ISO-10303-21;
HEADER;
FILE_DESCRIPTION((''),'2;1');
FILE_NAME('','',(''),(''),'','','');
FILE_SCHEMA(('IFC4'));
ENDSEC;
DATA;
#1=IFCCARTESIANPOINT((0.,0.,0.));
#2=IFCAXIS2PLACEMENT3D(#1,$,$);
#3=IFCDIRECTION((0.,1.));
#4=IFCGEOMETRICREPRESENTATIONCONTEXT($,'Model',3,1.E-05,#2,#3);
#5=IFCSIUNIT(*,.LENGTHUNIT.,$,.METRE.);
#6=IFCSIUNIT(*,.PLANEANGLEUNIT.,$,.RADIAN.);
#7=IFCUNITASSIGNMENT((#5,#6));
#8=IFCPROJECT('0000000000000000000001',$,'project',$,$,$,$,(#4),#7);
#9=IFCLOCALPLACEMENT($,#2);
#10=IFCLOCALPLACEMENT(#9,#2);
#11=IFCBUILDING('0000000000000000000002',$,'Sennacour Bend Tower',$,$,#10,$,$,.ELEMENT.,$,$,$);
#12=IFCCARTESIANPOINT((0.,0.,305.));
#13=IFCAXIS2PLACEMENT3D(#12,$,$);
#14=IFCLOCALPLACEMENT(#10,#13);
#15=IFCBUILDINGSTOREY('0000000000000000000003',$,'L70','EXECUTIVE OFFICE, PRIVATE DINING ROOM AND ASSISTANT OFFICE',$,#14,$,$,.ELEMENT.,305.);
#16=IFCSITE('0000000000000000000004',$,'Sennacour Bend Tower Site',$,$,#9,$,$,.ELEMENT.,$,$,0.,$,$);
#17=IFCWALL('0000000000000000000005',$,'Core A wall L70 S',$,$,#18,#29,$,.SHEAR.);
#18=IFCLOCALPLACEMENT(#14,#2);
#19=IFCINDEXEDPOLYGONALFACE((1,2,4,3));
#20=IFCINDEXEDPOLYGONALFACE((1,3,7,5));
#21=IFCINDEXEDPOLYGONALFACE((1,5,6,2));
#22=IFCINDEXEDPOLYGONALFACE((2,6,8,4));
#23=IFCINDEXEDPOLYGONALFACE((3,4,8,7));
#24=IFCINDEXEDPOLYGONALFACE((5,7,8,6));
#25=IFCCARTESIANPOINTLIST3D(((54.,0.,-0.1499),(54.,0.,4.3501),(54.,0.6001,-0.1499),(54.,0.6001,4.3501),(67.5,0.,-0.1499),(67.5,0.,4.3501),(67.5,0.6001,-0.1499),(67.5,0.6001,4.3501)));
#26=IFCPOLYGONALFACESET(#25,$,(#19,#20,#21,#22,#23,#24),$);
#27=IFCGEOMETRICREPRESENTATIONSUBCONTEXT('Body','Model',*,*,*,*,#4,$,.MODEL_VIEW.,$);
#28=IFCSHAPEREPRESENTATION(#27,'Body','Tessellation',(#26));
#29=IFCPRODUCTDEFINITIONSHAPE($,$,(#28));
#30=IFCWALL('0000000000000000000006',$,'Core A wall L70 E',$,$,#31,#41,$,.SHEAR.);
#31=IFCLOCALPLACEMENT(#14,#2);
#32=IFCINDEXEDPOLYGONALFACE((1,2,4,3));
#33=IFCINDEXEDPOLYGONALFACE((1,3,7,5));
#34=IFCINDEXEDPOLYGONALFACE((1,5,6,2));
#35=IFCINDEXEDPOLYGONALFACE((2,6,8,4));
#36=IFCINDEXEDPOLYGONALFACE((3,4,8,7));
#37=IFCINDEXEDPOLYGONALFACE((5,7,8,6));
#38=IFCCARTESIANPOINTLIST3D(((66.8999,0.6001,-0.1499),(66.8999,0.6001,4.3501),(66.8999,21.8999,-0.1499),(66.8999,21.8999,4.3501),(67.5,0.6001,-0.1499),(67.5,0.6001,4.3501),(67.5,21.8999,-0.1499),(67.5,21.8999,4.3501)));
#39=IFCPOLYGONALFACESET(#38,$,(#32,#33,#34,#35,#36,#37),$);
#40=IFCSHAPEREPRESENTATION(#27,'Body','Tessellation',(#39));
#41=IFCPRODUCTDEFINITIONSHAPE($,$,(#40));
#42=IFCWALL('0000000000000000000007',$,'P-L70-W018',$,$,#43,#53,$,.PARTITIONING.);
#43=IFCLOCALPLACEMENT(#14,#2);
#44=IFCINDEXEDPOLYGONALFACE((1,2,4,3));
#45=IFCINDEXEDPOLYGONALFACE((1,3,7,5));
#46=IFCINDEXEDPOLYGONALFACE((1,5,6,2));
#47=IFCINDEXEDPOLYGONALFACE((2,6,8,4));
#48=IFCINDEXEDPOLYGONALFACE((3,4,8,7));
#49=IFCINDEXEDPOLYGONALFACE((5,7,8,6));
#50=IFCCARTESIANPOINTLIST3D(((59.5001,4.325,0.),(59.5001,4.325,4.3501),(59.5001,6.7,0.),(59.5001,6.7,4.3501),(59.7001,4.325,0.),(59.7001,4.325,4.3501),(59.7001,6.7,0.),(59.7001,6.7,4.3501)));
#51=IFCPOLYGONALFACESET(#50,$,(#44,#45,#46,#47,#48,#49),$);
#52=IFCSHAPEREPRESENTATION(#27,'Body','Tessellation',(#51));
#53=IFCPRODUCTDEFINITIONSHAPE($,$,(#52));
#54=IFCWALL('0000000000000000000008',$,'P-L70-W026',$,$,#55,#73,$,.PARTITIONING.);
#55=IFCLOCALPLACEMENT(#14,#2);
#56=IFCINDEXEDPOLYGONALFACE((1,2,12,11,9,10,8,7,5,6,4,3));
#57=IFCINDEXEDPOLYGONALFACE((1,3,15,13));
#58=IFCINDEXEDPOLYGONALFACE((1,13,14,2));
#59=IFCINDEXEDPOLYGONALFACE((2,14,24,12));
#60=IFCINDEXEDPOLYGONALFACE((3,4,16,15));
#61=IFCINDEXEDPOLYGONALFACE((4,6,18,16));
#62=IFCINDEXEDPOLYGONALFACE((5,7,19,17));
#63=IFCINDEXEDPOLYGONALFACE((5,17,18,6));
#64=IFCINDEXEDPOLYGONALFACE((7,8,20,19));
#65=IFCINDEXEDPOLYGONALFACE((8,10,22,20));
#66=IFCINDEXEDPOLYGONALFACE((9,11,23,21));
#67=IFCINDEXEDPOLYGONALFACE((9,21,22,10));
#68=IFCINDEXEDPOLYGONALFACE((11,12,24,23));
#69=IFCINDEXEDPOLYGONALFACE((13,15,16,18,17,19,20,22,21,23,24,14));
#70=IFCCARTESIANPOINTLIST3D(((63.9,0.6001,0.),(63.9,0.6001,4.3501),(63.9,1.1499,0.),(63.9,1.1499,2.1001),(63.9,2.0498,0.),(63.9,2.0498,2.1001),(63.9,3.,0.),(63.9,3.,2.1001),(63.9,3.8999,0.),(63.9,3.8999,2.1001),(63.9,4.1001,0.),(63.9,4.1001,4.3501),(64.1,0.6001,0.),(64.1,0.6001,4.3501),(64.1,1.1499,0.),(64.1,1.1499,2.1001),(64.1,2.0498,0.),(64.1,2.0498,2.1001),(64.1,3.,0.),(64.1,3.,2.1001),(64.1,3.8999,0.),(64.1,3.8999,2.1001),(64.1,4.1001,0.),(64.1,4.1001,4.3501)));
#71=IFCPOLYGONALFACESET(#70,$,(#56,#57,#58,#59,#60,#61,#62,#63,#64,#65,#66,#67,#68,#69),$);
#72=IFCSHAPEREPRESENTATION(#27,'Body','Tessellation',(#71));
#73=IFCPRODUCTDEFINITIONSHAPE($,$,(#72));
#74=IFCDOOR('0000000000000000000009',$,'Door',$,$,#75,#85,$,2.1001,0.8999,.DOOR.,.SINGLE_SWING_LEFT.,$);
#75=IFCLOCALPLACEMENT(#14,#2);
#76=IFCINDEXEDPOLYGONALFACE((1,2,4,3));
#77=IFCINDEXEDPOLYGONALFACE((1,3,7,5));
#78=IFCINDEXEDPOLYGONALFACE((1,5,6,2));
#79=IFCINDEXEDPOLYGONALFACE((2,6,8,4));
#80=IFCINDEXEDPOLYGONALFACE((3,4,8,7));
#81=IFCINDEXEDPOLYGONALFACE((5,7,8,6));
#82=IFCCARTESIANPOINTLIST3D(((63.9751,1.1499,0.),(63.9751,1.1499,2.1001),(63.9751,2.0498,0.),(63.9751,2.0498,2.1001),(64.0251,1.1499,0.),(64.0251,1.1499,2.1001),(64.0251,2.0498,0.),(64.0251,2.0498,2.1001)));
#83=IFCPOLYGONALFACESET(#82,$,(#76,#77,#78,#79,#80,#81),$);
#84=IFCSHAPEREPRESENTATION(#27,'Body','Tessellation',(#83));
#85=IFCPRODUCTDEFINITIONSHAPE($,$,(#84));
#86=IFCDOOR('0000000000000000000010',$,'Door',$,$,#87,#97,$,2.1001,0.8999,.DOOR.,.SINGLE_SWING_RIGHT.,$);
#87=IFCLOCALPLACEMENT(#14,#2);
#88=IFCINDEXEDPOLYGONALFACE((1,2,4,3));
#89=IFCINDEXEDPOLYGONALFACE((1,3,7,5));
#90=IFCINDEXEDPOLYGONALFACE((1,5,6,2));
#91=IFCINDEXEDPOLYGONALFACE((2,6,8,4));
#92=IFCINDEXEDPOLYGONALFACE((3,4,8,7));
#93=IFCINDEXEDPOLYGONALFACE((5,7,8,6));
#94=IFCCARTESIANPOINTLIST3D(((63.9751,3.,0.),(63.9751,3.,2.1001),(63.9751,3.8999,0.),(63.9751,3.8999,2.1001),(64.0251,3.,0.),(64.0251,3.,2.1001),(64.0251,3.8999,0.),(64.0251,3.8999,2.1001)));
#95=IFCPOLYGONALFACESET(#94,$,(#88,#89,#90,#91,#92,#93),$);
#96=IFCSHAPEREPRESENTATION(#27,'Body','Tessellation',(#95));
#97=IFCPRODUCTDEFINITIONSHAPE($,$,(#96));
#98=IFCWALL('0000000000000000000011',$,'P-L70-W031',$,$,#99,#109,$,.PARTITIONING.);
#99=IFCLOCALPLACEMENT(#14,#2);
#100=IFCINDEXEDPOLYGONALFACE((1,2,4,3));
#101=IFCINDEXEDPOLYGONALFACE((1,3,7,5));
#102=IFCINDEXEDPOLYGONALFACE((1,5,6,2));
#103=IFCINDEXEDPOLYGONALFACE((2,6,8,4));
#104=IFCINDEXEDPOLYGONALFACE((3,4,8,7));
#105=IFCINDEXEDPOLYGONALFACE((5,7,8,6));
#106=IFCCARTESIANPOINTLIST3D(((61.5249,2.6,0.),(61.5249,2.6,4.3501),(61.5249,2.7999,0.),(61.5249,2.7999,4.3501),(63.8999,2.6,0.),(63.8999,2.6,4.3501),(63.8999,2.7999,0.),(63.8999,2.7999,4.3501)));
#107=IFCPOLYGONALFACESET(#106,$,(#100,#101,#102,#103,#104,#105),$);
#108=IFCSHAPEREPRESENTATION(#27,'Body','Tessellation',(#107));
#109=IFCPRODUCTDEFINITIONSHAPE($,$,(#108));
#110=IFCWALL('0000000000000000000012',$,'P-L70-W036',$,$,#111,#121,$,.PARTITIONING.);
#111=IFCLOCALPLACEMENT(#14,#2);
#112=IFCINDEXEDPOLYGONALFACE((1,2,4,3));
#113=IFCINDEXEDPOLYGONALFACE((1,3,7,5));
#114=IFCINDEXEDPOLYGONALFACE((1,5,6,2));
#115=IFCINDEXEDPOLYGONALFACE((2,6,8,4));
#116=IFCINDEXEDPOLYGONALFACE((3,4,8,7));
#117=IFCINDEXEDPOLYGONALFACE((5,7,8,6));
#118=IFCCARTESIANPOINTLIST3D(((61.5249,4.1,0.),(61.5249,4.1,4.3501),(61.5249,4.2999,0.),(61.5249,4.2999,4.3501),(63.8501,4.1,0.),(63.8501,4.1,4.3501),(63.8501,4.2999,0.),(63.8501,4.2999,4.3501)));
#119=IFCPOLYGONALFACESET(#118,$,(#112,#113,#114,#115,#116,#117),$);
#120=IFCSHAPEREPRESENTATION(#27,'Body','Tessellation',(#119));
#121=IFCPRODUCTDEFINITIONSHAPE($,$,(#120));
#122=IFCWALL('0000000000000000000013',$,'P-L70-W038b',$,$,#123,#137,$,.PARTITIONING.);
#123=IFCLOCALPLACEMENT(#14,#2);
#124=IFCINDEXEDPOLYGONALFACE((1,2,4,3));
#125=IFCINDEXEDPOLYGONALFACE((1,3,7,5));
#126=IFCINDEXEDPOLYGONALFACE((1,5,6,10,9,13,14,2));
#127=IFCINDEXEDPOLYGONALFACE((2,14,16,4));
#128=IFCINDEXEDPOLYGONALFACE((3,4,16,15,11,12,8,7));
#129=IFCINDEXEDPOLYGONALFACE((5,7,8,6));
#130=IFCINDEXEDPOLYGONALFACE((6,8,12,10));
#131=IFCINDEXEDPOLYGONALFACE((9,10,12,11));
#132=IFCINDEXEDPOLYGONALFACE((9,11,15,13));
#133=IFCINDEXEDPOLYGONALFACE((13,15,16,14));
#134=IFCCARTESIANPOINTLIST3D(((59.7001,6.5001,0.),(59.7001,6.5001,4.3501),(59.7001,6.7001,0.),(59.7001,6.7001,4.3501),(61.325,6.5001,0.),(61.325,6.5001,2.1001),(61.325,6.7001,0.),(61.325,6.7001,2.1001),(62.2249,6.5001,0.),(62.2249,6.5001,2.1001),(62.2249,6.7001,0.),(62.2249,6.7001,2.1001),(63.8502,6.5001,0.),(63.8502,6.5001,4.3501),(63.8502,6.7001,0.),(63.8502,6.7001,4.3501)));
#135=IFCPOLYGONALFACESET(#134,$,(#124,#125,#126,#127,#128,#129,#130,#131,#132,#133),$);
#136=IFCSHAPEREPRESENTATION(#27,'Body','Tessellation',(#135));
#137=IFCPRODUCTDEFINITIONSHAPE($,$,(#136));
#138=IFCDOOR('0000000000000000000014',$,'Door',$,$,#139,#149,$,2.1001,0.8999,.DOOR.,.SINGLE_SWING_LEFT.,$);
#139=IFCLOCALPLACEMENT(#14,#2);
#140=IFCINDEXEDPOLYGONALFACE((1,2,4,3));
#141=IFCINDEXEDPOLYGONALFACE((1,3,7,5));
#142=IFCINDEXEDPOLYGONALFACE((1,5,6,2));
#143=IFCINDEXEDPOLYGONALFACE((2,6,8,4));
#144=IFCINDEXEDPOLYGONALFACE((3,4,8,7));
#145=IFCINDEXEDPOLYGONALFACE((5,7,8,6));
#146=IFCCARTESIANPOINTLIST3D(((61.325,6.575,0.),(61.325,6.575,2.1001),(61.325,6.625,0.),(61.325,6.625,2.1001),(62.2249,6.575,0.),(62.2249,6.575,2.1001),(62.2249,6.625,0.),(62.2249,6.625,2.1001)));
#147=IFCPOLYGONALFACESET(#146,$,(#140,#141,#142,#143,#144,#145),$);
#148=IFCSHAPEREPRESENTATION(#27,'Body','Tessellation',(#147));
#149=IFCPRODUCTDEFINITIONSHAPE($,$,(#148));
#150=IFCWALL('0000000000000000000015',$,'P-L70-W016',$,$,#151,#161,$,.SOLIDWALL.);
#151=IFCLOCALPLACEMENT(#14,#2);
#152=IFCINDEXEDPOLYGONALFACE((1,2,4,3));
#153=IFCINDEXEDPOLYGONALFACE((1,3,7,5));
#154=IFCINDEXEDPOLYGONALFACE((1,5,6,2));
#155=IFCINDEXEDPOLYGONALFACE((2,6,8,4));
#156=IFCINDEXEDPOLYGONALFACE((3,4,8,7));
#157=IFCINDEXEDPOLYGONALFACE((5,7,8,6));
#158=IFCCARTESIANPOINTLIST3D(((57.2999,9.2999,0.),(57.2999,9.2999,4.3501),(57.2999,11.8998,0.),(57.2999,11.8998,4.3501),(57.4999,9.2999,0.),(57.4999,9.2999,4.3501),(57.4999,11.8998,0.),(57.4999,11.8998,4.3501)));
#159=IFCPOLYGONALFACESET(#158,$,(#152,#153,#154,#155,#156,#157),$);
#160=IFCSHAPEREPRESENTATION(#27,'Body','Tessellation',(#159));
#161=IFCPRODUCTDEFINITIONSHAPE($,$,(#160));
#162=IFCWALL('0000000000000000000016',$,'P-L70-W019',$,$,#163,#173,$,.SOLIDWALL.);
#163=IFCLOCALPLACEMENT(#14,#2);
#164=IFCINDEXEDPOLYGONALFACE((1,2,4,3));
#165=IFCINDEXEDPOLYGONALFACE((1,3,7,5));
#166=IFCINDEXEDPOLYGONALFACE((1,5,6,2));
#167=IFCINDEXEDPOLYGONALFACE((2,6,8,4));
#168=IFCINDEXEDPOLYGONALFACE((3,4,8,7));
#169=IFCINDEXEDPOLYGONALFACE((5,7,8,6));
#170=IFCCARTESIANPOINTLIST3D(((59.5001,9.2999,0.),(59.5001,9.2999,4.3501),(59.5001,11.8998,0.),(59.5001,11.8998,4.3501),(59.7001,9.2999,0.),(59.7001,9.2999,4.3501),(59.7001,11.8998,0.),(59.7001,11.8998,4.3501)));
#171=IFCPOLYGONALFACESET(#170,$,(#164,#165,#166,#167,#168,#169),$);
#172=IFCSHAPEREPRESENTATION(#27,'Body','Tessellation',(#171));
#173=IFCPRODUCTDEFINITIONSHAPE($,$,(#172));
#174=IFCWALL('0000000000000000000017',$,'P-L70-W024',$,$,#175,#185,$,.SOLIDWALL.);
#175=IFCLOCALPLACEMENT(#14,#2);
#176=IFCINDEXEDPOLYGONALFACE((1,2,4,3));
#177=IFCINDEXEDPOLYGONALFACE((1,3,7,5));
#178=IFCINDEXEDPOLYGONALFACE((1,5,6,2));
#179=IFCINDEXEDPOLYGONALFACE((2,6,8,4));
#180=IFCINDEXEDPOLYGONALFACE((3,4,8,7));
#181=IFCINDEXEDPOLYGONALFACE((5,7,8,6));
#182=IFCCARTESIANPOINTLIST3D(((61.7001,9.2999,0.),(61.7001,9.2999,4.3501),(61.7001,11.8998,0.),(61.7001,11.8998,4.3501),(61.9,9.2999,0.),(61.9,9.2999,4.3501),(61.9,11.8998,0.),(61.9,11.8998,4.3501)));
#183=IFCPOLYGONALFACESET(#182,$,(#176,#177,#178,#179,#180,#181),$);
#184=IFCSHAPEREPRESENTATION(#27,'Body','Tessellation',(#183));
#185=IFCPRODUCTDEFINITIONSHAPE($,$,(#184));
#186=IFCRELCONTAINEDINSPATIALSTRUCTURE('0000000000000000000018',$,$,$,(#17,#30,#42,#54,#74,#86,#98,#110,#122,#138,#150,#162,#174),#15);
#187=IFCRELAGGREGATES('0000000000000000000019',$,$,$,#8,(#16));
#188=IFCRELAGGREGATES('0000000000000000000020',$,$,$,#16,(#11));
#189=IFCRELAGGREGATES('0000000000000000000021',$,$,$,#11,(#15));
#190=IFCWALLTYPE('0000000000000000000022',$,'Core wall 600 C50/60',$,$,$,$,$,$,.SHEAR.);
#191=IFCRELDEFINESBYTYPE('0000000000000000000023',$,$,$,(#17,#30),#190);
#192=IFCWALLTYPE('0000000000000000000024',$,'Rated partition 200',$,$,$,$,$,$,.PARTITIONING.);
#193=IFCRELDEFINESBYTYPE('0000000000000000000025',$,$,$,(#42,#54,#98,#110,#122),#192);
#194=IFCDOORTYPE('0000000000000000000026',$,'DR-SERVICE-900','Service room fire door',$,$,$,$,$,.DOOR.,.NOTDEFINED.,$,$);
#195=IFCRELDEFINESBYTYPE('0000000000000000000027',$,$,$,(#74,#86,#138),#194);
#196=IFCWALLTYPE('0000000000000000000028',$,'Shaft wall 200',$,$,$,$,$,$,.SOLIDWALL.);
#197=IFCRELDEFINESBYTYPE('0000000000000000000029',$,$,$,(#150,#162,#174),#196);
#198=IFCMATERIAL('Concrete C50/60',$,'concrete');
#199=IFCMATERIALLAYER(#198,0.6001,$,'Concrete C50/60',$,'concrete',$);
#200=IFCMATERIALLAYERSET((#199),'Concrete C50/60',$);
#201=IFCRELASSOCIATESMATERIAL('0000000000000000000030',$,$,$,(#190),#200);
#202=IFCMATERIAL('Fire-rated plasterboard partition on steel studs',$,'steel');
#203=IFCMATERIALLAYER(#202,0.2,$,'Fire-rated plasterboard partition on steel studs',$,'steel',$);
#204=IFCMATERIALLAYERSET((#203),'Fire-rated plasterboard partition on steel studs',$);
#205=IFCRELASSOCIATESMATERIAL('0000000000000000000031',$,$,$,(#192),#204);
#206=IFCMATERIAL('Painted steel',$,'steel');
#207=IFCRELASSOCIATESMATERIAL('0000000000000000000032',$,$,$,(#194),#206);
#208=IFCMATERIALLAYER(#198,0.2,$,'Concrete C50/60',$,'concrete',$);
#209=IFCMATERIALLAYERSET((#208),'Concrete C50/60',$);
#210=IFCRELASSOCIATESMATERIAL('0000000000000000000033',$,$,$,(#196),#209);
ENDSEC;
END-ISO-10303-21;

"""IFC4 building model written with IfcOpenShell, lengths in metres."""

from ifc_helpers import new_model, si_unit, direction, frame, frame_2d, origin, place, context, subcontext, project, spatial, rectangle, extrude, material, layer, layer_set, type_object, element, fill, save


model = new_model("IFC4")

# Units and contexts
model_context = context("Model", 3, precision=1e-05, world=origin(), true_north=direction((0.0, 1.0)))
body_context = subcontext(model_context, "Body", "Model", "MODEL_VIEW")
ifc_project = project(units=[si_unit("LENGTHUNIT", "METRE"), si_unit("PLANEANGLEUNIT", "RADIAN")], contexts=[model_context])

# Site, building, storey
site_placement = place(None, origin())
site = spatial("IfcSite", under=ifc_project, at=site_placement, Name="Sennacour Bend Tower Site", CompositionType="ELEMENT", RefElevation=0.0)
building_placement = place(site_placement, origin())
building = spatial("IfcBuilding", under=site, at=building_placement, Name="Sennacour Bend Tower", CompositionType="ELEMENT")
storey_placement = place(building_placement, frame((0.0, 0.0, 305.0)))
storey = spatial("IfcBuildingStorey", under=building, at=storey_placement, Name="L70", Description="EXECUTIVE OFFICE, PRIVATE DINING ROOM AND ASSISTANT OFFICE", CompositionType="ELEMENT", Elevation=305.0)

# Walls
ifc_material_1 = material(Name="Concrete C50/60", Category="concrete")
ifc_layer_1 = layer(ifc_material_1, 0.6001, Name="Concrete C50/60", Category="concrete")
ifc_layer_set_1 = layer_set([ifc_layer_1], Name="Concrete C50/60")
wall_type_1 = type_object("IfcWallType", Name="Core wall 600 C50/60", PredefinedType="SHEAR", material=ifc_layer_set_1)
wall_1_placement = place(storey_placement, frame((67.5, 0.3, -0.1499), z_axis=(0.0, 0.0, 1.0), x_axis=(-1.0, 0.0, 0.0)))
element("IfcWall", 1, at=wall_1_placement, inside=storey, type_object=wall_type_1, Name="Core A wall L70 S", PredefinedType="SHEAR", context=body_context, shape_type="SweptSolid", body=[
    extrude(rectangle(XDim=13.5, YDim=0.6001, at=frame_2d((6.75, 0.0))), origin(), (0.0, 0.0, 1.0), 4.5),
])
wall_2_placement = place(storey_placement, frame((67.2, 0.6001, -0.1499), z_axis=(0.0, 0.0, 1.0), x_axis=(0.0, 1.0, 0.0)))
element("IfcWall", 2, at=wall_2_placement, inside=storey, type_object=wall_type_1, Name="Core A wall L70 E", PredefinedType="SHEAR", context=body_context, shape_type="SweptSolid", body=[
    extrude(rectangle(XDim=21.2998, YDim=0.6001, at=frame_2d((10.6499, 0.0))), origin(), (0.0, 0.0, 1.0), 4.5),
])
ifc_material_2 = material(Name="Fire-rated plasterboard partition on steel studs", Category="steel")
ifc_layer_2 = layer(ifc_material_2, 0.2, Name="Fire-rated plasterboard partition on steel studs", Category="steel")
ifc_layer_set_2 = layer_set([ifc_layer_2], Name="Fire-rated plasterboard partition on steel studs")
wall_type_2 = type_object("IfcWallType", Name="Rated partition 200", PredefinedType="PARTITIONING", material=ifc_layer_set_2)
wall_3_placement = place(storey_placement, frame((59.6001, 4.325, 0.0), z_axis=(0.0, 0.0, 1.0), x_axis=(0.0, 1.0, 0.0)))
element("IfcWall", 3, at=wall_3_placement, inside=storey, type_object=wall_type_2, Name="P-L70-W018", PredefinedType="PARTITIONING", context=body_context, shape_type="SweptSolid", body=[
    extrude(rectangle(XDim=2.375, YDim=0.2, at=frame_2d((1.1875, 0.0))), origin(), (0.0, 0.0, 1.0), 4.3501),
])

# Wall, openings, doors
wall_4_placement = place(storey_placement, frame((64.0, 0.6001, 0.0), z_axis=(0.0, 0.0, 1.0), x_axis=(0.0, 1.0, 0.0)))
wall_4 = element("IfcWall", 4, at=wall_4_placement, inside=storey, type_object=wall_type_2, Name="P-L70-W026", PredefinedType="PARTITIONING", context=body_context, shape_type="SweptSolid", body=[
    extrude(rectangle(XDim=3.5, YDim=0.2, at=frame_2d((1.75, 0.0))), origin(), (0.0, 0.0, 1.0), 4.3501),
])
opening_1_placement = place(wall_4_placement, frame((0.5498, 0.0, 0.0)))
opening_1 = element("IfcOpeningElement", 5, at=opening_1_placement, cuts=wall_4, PredefinedType="OPENING", context=body_context, shape_type="SweptSolid", body=[
    extrude(rectangle(XDim=0.8999, YDim=2.1001, at=frame_2d((0.45, 1.05))), frame((0.0, 0.1099, 0.0), z_axis=(0.0, -1.0, 0.0), x_axis=(1.0, 0.0, 0.0)), (0.0, 0.0, 1.0), 0.22),
])
opening_2_placement = place(wall_4_placement, frame((2.3999, 0.0, 0.0)))
opening_2 = element("IfcOpeningElement", 6, at=opening_2_placement, cuts=wall_4, PredefinedType="OPENING", context=body_context, shape_type="SweptSolid", body=[
    extrude(rectangle(XDim=0.8999, YDim=2.1001, at=frame_2d((0.45, 1.05))), frame((0.0, 0.1099, 0.0), z_axis=(0.0, -1.0, 0.0), x_axis=(1.0, 0.0, 0.0)), (0.0, 0.0, 1.0), 0.22),
])
ifc_material_3 = material(Name="Painted steel", Category="steel")
door_type_1 = type_object("IfcDoorType", Name="DR-SERVICE-900", Description="Service room fire door", OperationType="NOTDEFINED", PredefinedType="DOOR", material=ifc_material_3)
door_1_placement = place(opening_1_placement, origin())
door_1 = element("IfcDoor", 7, at=door_1_placement, inside=storey, type_object=door_type_1, Name="Door", OperationType="SINGLE_SWING_LEFT", OverallHeight=2.1001, OverallWidth=0.8999, PredefinedType="DOOR", context=body_context, shape_type="SweptSolid", body=[
    extrude(rectangle(XDim=0.8999, YDim=2.1001, at=frame_2d((0.45, 1.05))), frame((0.0, 0.0249, 0.0), z_axis=(0.0, -1.0, 0.0), x_axis=(1.0, 0.0, 0.0)), (0.0, 0.0, 1.0), 0.05),
])
fill(opening_1, door_1)
door_2_placement = place(opening_2_placement, origin())
door_2 = element("IfcDoor", 8, at=door_2_placement, inside=storey, type_object=door_type_1, Name="Door", OperationType="SINGLE_SWING_RIGHT", OverallHeight=2.1001, OverallWidth=0.8999, PredefinedType="DOOR", context=body_context, shape_type="SweptSolid", body=[
    extrude(rectangle(XDim=0.8999, YDim=2.1001, at=frame_2d((0.45, 1.05))), frame((0.0, 0.0249, 0.0), z_axis=(0.0, -1.0, 0.0), x_axis=(1.0, 0.0, 0.0)), (0.0, 0.0, 1.0), 0.05),
])
fill(opening_2, door_2)

# Walls
wall_5_placement = place(storey_placement, frame((61.5249, 2.7, 0.0), z_axis=(0.0, 0.0, 1.0), x_axis=(1.0, 0.0, 0.0)))
element("IfcWall", 9, at=wall_5_placement, inside=storey, type_object=wall_type_2, Name="P-L70-W031", PredefinedType="PARTITIONING", context=body_context, shape_type="SweptSolid", body=[
    extrude(rectangle(XDim=2.375, YDim=0.2, at=frame_2d((1.1875, 0.0))), origin(), (0.0, 0.0, 1.0), 4.3501),
])
wall_6_placement = place(storey_placement, frame((61.5249, 4.2, 0.0), z_axis=(0.0, 0.0, 1.0), x_axis=(1.0, 0.0, 0.0)))
element("IfcWall", 10, at=wall_6_placement, inside=storey, type_object=wall_type_2, Name="P-L70-W036", PredefinedType="PARTITIONING", context=body_context, shape_type="SweptSolid", body=[
    extrude(rectangle(XDim=2.3252, YDim=0.2, at=frame_2d((1.1626, 0.0))), origin(), (0.0, 0.0, 1.0), 4.3501),
])

# Wall, opening, door
wall_7_placement = place(storey_placement, frame((59.7, 6.6001, 0.0), z_axis=(0.0, 0.0, 1.0), x_axis=(1.0, 0.0, 0.0)))
wall_7 = element("IfcWall", 11, at=wall_7_placement, inside=storey, type_object=wall_type_2, Name="P-L70-W038b", PredefinedType="PARTITIONING", context=body_context, shape_type="SweptSolid", body=[
    extrude(rectangle(XDim=4.1501, YDim=0.2, at=frame_2d((2.0752, 0.0))), origin(), (0.0, 0.0, 1.0), 4.3501),
])
opening_3_placement = place(wall_7_placement, frame((1.625, 0.0, 0.0)))
opening_3 = element("IfcOpeningElement", 12, at=opening_3_placement, cuts=wall_7, PredefinedType="OPENING", context=body_context, shape_type="SweptSolid", body=[
    extrude(rectangle(XDim=0.8999, YDim=2.1001, at=frame_2d((0.45, 1.05))), frame((0.0, 0.1099, 0.0), z_axis=(0.0, -1.0, 0.0), x_axis=(1.0, 0.0, 0.0)), (0.0, 0.0, 1.0), 0.22),
])
door_3_placement = place(opening_3_placement, origin())
door_3 = element("IfcDoor", 13, at=door_3_placement, inside=storey, type_object=door_type_1, Name="Door", OperationType="SINGLE_SWING_LEFT", OverallHeight=2.1001, OverallWidth=0.8999, PredefinedType="DOOR", context=body_context, shape_type="SweptSolid", body=[
    extrude(rectangle(XDim=0.8999, YDim=2.1001, at=frame_2d((0.45, 1.05))), frame((0.0, 0.0249, 0.0), z_axis=(0.0, -1.0, 0.0), x_axis=(1.0, 0.0, 0.0)), (0.0, 0.0, 1.0), 0.05),
])
fill(opening_3, door_3)

# Walls
ifc_layer_3 = layer(ifc_material_1, 0.2, Name="Concrete C50/60", Category="concrete")
ifc_layer_set_3 = layer_set([ifc_layer_3], Name="Concrete C50/60")
wall_type_3 = type_object("IfcWallType", Name="Shaft wall 200", PredefinedType="SOLIDWALL", material=ifc_layer_set_3)
for number, where, z_axis, x_axis, name in (
    (14, (57.3999, 9.3, 0.0), (0.0, 0.0, 1.0), (0.0, 1.0, 0.0), "P-L70-W016"),
    (15, (59.6001, 9.3, 0.0), (0.0, 0.0, 1.0), (0.0, 1.0, 0.0), "P-L70-W019"),
    (16, (61.8, 9.3, 0.0), (0.0, 0.0, 1.0), (0.0, 1.0, 0.0), "P-L70-W024"),
):
    element("IfcWall", number, at=place(storey_placement, frame(where, z_axis=z_axis, x_axis=x_axis)), inside=storey, type_object=wall_type_3, Name=name, PredefinedType="SOLIDWALL", context=body_context, shape_type="SweptSolid", body=[
        extrude(rectangle(XDim=2.5999, YDim=0.2, at=frame_2d((1.2998, 0.0))), origin(), (0.0, 0.0, 1.0), 4.3501),
    ])

save(model, "model.ifc")
